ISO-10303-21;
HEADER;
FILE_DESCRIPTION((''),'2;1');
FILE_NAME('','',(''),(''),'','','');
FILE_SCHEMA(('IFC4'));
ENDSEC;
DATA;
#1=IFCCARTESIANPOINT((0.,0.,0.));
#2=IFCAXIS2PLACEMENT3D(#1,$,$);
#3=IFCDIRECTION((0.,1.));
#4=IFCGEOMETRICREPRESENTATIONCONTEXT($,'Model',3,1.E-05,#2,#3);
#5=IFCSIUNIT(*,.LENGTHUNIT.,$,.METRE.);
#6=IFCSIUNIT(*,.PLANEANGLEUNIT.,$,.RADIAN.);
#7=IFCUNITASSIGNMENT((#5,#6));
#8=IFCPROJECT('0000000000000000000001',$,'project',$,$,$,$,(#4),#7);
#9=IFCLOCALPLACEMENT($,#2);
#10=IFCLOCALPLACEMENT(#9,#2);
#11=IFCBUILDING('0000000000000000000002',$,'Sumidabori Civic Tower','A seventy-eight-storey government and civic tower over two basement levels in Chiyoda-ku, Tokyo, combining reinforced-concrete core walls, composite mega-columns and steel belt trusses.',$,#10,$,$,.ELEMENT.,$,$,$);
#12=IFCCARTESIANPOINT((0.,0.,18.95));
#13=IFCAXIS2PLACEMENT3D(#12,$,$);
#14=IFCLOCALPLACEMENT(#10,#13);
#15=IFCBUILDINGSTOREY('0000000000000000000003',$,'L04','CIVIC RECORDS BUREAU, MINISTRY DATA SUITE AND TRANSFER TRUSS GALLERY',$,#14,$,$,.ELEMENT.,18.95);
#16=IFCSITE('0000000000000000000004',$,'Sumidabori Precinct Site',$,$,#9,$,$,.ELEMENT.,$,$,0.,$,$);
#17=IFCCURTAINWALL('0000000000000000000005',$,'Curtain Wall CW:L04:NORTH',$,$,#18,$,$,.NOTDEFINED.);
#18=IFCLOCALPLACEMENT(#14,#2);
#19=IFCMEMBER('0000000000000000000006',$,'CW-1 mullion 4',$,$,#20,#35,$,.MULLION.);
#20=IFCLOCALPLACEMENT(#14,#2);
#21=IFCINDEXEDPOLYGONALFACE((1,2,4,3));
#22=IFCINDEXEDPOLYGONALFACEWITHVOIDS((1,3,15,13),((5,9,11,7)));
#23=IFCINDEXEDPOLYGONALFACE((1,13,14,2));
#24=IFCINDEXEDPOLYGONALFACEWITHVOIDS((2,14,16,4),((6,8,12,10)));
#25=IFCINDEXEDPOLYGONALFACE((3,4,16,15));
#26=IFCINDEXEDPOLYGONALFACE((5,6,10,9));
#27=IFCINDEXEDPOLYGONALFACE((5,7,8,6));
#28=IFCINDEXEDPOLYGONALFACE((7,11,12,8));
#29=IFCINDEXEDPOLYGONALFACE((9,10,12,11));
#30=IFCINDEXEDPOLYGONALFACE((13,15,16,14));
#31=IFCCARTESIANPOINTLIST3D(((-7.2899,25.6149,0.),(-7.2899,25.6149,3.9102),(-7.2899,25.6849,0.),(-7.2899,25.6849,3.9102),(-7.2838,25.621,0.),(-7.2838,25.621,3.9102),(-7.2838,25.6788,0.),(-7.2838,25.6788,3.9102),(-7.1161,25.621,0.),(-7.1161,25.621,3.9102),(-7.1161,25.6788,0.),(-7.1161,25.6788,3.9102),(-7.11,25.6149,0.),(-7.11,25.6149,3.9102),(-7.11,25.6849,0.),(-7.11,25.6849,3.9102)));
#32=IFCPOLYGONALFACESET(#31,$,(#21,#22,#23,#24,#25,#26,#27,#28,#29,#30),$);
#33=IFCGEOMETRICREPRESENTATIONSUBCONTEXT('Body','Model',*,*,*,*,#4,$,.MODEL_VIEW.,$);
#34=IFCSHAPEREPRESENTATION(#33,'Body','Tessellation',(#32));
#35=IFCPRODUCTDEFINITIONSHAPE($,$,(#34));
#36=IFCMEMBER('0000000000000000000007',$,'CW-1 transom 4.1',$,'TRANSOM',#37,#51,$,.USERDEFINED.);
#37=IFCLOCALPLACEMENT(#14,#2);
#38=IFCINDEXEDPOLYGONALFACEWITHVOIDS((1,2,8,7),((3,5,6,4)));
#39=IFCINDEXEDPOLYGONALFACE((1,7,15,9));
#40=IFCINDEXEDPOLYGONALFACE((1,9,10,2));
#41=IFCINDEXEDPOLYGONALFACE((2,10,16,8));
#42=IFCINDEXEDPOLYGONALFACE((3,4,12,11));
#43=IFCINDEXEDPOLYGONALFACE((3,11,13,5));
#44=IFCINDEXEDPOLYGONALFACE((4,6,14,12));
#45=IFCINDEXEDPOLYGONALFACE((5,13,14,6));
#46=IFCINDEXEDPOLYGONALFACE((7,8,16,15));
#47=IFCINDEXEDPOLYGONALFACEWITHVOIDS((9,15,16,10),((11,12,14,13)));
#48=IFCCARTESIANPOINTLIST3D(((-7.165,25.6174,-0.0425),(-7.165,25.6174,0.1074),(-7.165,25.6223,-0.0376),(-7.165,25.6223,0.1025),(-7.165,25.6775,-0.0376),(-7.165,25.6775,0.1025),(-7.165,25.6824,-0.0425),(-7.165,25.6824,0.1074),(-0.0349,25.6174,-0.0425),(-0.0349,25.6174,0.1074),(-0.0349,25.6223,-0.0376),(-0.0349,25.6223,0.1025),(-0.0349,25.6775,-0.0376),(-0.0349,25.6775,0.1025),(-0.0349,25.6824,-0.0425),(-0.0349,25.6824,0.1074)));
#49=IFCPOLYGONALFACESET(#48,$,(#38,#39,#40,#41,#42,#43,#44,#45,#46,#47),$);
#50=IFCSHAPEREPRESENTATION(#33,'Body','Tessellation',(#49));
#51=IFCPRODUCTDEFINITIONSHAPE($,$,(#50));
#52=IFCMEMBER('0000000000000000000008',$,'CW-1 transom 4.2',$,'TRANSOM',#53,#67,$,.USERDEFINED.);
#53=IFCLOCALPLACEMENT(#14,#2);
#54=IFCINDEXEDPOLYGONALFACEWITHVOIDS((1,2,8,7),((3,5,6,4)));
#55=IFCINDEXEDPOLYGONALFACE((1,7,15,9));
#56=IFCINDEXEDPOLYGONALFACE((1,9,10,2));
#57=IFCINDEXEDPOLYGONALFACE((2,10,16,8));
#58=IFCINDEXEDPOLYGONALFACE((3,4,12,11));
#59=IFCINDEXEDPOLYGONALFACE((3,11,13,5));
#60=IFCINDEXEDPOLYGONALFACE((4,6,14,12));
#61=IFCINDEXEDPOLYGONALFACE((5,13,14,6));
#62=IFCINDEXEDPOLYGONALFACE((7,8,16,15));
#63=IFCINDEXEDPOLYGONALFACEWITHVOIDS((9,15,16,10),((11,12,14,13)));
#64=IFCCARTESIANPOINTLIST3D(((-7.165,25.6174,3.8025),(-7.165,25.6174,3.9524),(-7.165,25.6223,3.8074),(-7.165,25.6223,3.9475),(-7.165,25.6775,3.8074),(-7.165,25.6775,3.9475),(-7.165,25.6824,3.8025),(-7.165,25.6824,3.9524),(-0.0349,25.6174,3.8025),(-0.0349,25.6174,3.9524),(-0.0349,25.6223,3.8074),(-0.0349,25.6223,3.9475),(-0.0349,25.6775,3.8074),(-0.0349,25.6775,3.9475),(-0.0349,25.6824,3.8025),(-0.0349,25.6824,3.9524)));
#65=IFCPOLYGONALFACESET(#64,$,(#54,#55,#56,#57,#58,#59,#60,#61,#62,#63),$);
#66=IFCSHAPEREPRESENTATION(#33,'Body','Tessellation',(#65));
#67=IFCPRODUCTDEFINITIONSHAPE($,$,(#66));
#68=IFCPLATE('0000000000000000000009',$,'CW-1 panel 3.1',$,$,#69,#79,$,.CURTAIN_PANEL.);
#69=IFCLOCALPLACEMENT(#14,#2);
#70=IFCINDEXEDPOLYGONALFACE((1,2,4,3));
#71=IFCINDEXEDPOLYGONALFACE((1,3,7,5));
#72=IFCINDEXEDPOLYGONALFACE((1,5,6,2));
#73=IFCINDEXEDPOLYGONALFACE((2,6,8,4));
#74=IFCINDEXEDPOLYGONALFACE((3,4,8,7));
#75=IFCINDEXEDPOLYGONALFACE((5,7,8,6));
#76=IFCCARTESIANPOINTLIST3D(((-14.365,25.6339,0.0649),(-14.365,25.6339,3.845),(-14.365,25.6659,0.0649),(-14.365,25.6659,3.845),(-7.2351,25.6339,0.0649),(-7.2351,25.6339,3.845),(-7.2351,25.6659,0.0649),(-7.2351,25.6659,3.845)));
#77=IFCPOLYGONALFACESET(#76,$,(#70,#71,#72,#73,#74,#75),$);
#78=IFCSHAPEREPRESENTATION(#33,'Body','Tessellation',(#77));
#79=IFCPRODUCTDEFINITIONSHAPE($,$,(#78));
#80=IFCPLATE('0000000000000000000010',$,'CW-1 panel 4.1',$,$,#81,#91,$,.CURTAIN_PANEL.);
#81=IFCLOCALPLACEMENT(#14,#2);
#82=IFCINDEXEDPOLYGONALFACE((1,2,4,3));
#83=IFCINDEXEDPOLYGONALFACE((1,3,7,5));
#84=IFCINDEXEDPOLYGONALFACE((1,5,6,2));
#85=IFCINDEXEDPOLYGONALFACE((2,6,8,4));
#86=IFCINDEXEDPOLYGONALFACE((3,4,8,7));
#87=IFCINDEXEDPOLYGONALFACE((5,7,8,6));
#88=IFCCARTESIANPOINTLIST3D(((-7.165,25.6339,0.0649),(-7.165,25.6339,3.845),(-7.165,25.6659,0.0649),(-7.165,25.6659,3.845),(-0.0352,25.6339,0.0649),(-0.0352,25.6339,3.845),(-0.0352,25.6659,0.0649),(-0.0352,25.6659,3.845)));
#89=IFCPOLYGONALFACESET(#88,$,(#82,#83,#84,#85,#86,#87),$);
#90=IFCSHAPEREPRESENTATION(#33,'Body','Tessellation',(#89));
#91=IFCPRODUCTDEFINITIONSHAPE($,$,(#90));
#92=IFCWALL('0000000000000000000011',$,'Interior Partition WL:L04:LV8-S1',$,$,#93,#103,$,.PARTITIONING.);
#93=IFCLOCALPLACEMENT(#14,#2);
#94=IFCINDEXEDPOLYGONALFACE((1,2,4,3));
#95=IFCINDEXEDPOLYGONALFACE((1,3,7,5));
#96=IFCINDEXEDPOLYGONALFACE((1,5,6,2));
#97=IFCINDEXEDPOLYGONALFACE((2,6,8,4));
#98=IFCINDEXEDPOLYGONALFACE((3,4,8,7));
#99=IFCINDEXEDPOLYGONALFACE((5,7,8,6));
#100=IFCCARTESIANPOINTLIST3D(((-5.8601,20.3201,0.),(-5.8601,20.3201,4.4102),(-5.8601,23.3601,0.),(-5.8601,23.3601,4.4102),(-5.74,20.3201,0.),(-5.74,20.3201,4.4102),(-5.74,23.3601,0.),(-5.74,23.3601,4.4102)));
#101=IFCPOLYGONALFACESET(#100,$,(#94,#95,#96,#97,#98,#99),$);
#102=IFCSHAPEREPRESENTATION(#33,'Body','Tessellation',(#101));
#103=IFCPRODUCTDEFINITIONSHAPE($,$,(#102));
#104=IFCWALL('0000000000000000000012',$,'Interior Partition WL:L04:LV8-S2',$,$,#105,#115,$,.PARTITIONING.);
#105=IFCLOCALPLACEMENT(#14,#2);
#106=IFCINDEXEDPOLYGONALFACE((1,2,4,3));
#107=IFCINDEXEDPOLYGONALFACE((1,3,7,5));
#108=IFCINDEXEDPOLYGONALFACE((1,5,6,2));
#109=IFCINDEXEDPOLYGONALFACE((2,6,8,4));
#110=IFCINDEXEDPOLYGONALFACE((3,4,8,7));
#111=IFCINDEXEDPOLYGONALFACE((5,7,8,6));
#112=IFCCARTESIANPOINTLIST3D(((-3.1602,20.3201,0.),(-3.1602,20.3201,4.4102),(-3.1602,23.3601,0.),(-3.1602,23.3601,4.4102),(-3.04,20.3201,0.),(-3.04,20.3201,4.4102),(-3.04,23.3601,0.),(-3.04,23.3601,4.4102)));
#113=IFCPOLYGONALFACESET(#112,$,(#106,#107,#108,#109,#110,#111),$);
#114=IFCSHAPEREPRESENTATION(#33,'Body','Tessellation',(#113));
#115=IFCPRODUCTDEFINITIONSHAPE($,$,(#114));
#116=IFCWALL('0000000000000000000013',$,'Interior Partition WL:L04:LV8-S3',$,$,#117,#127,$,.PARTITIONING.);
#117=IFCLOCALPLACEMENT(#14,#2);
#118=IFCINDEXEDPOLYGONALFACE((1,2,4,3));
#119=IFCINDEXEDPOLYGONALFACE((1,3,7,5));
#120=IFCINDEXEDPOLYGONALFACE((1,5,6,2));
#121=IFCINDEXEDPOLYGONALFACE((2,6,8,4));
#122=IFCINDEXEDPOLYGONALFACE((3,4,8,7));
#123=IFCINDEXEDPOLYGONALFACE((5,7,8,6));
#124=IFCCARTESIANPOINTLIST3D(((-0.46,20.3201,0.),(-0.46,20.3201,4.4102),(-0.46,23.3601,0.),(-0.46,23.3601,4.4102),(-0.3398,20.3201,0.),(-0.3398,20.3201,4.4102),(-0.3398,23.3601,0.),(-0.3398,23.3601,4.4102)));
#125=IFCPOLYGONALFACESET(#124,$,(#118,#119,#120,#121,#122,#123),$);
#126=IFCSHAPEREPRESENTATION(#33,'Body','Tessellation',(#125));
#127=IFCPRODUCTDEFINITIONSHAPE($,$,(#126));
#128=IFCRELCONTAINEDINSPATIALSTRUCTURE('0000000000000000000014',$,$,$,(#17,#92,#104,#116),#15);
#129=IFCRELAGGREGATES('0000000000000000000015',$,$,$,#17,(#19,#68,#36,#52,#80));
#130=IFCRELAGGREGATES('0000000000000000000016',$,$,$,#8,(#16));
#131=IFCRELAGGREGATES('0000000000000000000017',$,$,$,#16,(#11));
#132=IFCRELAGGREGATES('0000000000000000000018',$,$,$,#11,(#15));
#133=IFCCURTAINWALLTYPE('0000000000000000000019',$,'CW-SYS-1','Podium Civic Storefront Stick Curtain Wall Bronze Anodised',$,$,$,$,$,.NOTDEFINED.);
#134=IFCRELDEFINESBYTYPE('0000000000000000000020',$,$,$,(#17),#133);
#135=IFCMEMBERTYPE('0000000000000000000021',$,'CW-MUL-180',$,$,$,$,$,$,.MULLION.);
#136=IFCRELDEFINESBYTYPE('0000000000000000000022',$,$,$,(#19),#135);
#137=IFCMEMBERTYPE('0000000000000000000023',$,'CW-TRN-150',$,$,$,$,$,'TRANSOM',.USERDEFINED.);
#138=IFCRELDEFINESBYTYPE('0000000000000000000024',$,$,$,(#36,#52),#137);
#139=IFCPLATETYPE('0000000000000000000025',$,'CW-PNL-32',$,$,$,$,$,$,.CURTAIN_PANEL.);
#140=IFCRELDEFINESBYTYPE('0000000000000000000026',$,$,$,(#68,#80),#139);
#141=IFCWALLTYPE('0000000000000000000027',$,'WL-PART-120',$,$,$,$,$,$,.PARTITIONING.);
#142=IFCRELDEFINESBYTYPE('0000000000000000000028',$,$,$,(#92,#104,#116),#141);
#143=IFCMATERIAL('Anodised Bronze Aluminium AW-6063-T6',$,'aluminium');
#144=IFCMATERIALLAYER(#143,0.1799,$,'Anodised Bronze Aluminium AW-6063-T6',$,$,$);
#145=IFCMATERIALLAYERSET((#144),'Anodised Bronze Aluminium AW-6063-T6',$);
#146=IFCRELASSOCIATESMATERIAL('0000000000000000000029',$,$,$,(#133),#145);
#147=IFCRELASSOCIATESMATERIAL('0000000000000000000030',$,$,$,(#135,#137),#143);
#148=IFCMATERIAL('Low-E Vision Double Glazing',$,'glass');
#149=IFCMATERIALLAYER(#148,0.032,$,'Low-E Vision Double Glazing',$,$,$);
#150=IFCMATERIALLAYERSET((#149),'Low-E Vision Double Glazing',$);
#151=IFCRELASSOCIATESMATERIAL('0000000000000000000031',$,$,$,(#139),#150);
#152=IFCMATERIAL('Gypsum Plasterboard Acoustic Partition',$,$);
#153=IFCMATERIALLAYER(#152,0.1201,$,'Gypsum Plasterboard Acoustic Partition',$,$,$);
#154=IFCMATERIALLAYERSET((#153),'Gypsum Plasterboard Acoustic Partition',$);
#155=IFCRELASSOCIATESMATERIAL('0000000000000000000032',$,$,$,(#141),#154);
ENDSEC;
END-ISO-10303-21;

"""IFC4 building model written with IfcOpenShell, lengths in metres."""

from ifc_helpers import new_model, si_unit, direction, frame, frame_2d, origin, origin_2d, place, context, subcontext, project, spatial, rectangle, hollow_rectangle, extrude, source, transform, mapped, material, layer, layer_set, material_profile, profile_set, type_object, element, aggregate, save


model = new_model("IFC4")

# Units and contexts
model_context = context("Model", 3, precision=1e-05, world=origin(), true_north=direction((0.0, 1.0)))
body_context = subcontext(model_context, "Body", "Model", "MODEL_VIEW")
ifc_project = project(units=[si_unit("LENGTHUNIT", "METRE"), si_unit("PLANEANGLEUNIT", "RADIAN")], contexts=[model_context])

# Site, building, storey
site_placement = place(None, origin())
site = spatial("IfcSite", under=ifc_project, at=site_placement, Name="Sumidabori Precinct Site", CompositionType="ELEMENT", RefElevation=0.0)
building_placement = place(site_placement, origin())
building = spatial("IfcBuilding", under=site, at=building_placement, Name="Sumidabori Civic Tower", Description="A seventy-eight-storey government and civic tower over two basement levels in Chiyoda-ku, Tokyo, combining reinforced-concrete core walls, composite mega-columns and steel belt trusses.", CompositionType="ELEMENT")
storey_placement = place(building_placement, frame((0.0, 0.0, 18.95)))
storey = spatial("IfcBuildingStorey", under=building, at=storey_placement, Name="L04", Description="CIVIC RECORDS BUREAU, MINISTRY DATA SUITE AND TRANSFER TRUSS GALLERY", CompositionType="ELEMENT", Elevation=18.95)

# Curtain wall, members, plates
ifc_material_1 = material(Name="Anodised Bronze Aluminium AW-6063-T6", Category="aluminium")
ifc_layer_1 = layer(ifc_material_1, 0.1799, Name="Anodised Bronze Aluminium AW-6063-T6")
ifc_layer_set_1 = layer_set([ifc_layer_1], Name="Anodised Bronze Aluminium AW-6063-T6")
curtain_wall_type = type_object("IfcCurtainWallType", Name="CW-SYS-1", Description="Podium Civic Storefront Stick Curtain Wall Bronze Anodised", PredefinedType="NOTDEFINED", material=ifc_layer_set_1)
curtain_wall_placement = place(storey_placement, origin())
curtain_wall = element("IfcCurtainWall", 1, at=curtain_wall_placement, inside=storey, type_object=curtain_wall_type, Name="Curtain Wall CW:L04:NORTH", PredefinedType="NOTDEFINED")
ifc_material_profile_1 = material_profile(ifc_material_1, hollow_rectangle(XDim=0.0701, YDim=0.1799, WallThickness=0.0061, at=origin_2d()), Name="ALU MULLION 180x70")
ifc_profile_set_1 = profile_set([ifc_material_profile_1], Name="Anodised Bronze Aluminium AW-6063-T6")
member_type_1 = type_object("IfcMemberType", Name="CW-MUL-180", PredefinedType="MULLION", material=ifc_profile_set_1)
shared_shape_1 = source(origin(), body_context, "Body", "SweptSolid", [
    extrude(hollow_rectangle(XDim=0.0701, YDim=0.1799, WallThickness=0.0061, at=origin_2d()), origin(), (0.0, 0.0, 1.0), 3.9102),
])
member_1_placement = place(storey_placement, frame((-7.2, 25.6499, 0.0), z_axis=(0.0, 0.0, 1.0), x_axis=(0.0, 1.0, 0.0)))
member_1 = element("IfcMember", 2, at=member_1_placement, type_object=member_type_1, Name="CW-1 mullion 4", PredefinedType="MULLION", context=body_context, shape_type="MappedRepresentation", body=[
    mapped(shared_shape_1, transform((0.0, 0.0, 0.0), x_axis=(1.0, 0.0, 0.0), y_axis=(0.0, 1.0, 0.0), z_axis=(0.0, 0.0, 1.0), scale=1.0)),
])
ifc_material_profile_2 = material_profile(ifc_material_1, hollow_rectangle(XDim=0.0649, YDim=0.1499, WallThickness=0.0049, at=origin_2d()), Name="ALU TRANSOM 150x65")
ifc_profile_set_2 = profile_set([ifc_material_profile_2], Name="Anodised Bronze Aluminium AW-6063-T6")
member_type_2 = type_object("IfcMemberType", Name="CW-TRN-150", ElementType="TRANSOM", PredefinedType="USERDEFINED", material=ifc_profile_set_2)
shared_shape_2 = source(origin(), body_context, "Body", "SweptSolid", [
    extrude(hollow_rectangle(XDim=0.0649, YDim=0.1499, WallThickness=0.0049, at=origin_2d()), origin(), (0.0, 0.0, 1.0), 7.1301),
])
member_2_placement = place(storey_placement, frame((-7.165, 25.6499, 0.0325), z_axis=(1.0, 0.0, 0.0), x_axis=(0.0, 1.0, 0.0)))
member_2 = element("IfcMember", 3, at=member_2_placement, type_object=member_type_2, Name="CW-1 transom 4.1", ObjectType="TRANSOM", PredefinedType="USERDEFINED", context=body_context, shape_type="MappedRepresentation", body=[
    mapped(shared_shape_2, transform((0.0, 0.0, 0.0), x_axis=(1.0, 0.0, 0.0), y_axis=(0.0, 1.0, 0.0), z_axis=(0.0, 0.0, 1.0), scale=1.0)),
])
member_3_placement = place(storey_placement, frame((-7.165, 25.6499, 3.8774), z_axis=(1.0, 0.0, 0.0), x_axis=(0.0, 1.0, 0.0)))
member_3 = element("IfcMember", 4, at=member_3_placement, type_object=member_type_2, Name="CW-1 transom 4.2", ObjectType="TRANSOM", PredefinedType="USERDEFINED", context=body_context, shape_type="MappedRepresentation", body=[
    mapped(shared_shape_2, transform((0.0, 0.0, 0.0), x_axis=(1.0, 0.0, 0.0), y_axis=(0.0, 1.0, 0.0), z_axis=(0.0, 0.0, 1.0), scale=1.0)),
])
ifc_material_2 = material(Name="Low-E Vision Double Glazing", Category="glass")
ifc_layer_2 = layer(ifc_material_2, 0.032, Name="Low-E Vision Double Glazing")
ifc_layer_set_2 = layer_set([ifc_layer_2], Name="Low-E Vision Double Glazing")
plate_type = type_object("IfcPlateType", Name="CW-PNL-32", PredefinedType="CURTAIN_PANEL", material=ifc_layer_set_2)
shared_shape_3 = source(origin(), body_context, "Body", "SweptSolid", [
    extrude(rectangle(XDim=7.1299, YDim=0.032, at=origin_2d()), origin(), (0.0, 0.0, 1.0), 3.78),
])
plate_1_placement = place(storey_placement, frame((-10.8, 25.6499, 0.0649), z_axis=(0.0, 0.0, 1.0), x_axis=(1.0, 0.0, 0.0)))
plate_1 = element("IfcPlate", 5, at=plate_1_placement, type_object=plate_type, Name="CW-1 panel 3.1", PredefinedType="CURTAIN_PANEL", context=body_context, shape_type="MappedRepresentation", body=[
    mapped(shared_shape_3, transform((0.0, 0.0, 0.0), x_axis=(1.0, 0.0, 0.0), y_axis=(0.0, 1.0, 0.0), z_axis=(0.0, 0.0, 1.0), scale=1.0)),
])
plate_2_placement = place(storey_placement, frame((-3.6001, 25.6499, 0.0649), z_axis=(0.0, 0.0, 1.0), x_axis=(1.0, 0.0, 0.0)))
plate_2 = element("IfcPlate", 6, at=plate_2_placement, type_object=plate_type, Name="CW-1 panel 4.1", PredefinedType="CURTAIN_PANEL", context=body_context, shape_type="MappedRepresentation", body=[
    mapped(shared_shape_3, transform((0.0, 0.0, 0.0), x_axis=(1.0, 0.0, 0.0), y_axis=(0.0, 1.0, 0.0), z_axis=(0.0, 0.0, 1.0), scale=1.0)),
])
aggregate(curtain_wall, [member_1, plate_1, member_2, member_3, plate_2])

# Shared definitions
ifc_material_3 = material(Name="Gypsum Plasterboard Acoustic Partition")

# Walls
ifc_layer_3 = layer(ifc_material_3, 0.1201, Name="Gypsum Plasterboard Acoustic Partition")
ifc_layer_set_3 = layer_set([ifc_layer_3], Name="Gypsum Plasterboard Acoustic Partition")
wall_type_1 = type_object("IfcWallType", Name="WL-PART-120", PredefinedType="PARTITIONING", material=ifc_layer_set_3)
shared_shape_4 = source(origin(), body_context, "Body", "SweptSolid", [
    extrude(rectangle(XDim=3.04, YDim=0.1201, at=frame_2d((1.52, 0.0))), origin(), (0.0, 0.0, 1.0), 4.4102),
])
for number, where, z_axis, x_axis, name in (
    (7, (-5.8, 20.3201, 0.0), (0.0, 0.0, 1.0), (0.0, 1.0, 0.0), "Interior Partition WL:L04:LV8-S1"),
    (8, (-3.1001, 20.3201, 0.0), (0.0, 0.0, 1.0), (0.0, 1.0, 0.0), "Interior Partition WL:L04:LV8-S2"),
    (9, (-0.3999, 20.3201, 0.0), (0.0, 0.0, 1.0), (0.0, 1.0, 0.0), "Interior Partition WL:L04:LV8-S3"),
):
    element("IfcWall", number, at=place(storey_placement, frame(where, z_axis=z_axis, x_axis=x_axis)), inside=storey, type_object=wall_type_1, Name=name, PredefinedType="PARTITIONING", context=body_context, shape_type="MappedRepresentation", body=[
        mapped(shared_shape_4, transform((0.0, 0.0, 0.0), x_axis=(1.0, 0.0, 0.0), y_axis=(0.0, 1.0, 0.0), z_axis=(0.0, 0.0, 1.0), scale=1.0)),
    ])

save(model, "model.ifc")
